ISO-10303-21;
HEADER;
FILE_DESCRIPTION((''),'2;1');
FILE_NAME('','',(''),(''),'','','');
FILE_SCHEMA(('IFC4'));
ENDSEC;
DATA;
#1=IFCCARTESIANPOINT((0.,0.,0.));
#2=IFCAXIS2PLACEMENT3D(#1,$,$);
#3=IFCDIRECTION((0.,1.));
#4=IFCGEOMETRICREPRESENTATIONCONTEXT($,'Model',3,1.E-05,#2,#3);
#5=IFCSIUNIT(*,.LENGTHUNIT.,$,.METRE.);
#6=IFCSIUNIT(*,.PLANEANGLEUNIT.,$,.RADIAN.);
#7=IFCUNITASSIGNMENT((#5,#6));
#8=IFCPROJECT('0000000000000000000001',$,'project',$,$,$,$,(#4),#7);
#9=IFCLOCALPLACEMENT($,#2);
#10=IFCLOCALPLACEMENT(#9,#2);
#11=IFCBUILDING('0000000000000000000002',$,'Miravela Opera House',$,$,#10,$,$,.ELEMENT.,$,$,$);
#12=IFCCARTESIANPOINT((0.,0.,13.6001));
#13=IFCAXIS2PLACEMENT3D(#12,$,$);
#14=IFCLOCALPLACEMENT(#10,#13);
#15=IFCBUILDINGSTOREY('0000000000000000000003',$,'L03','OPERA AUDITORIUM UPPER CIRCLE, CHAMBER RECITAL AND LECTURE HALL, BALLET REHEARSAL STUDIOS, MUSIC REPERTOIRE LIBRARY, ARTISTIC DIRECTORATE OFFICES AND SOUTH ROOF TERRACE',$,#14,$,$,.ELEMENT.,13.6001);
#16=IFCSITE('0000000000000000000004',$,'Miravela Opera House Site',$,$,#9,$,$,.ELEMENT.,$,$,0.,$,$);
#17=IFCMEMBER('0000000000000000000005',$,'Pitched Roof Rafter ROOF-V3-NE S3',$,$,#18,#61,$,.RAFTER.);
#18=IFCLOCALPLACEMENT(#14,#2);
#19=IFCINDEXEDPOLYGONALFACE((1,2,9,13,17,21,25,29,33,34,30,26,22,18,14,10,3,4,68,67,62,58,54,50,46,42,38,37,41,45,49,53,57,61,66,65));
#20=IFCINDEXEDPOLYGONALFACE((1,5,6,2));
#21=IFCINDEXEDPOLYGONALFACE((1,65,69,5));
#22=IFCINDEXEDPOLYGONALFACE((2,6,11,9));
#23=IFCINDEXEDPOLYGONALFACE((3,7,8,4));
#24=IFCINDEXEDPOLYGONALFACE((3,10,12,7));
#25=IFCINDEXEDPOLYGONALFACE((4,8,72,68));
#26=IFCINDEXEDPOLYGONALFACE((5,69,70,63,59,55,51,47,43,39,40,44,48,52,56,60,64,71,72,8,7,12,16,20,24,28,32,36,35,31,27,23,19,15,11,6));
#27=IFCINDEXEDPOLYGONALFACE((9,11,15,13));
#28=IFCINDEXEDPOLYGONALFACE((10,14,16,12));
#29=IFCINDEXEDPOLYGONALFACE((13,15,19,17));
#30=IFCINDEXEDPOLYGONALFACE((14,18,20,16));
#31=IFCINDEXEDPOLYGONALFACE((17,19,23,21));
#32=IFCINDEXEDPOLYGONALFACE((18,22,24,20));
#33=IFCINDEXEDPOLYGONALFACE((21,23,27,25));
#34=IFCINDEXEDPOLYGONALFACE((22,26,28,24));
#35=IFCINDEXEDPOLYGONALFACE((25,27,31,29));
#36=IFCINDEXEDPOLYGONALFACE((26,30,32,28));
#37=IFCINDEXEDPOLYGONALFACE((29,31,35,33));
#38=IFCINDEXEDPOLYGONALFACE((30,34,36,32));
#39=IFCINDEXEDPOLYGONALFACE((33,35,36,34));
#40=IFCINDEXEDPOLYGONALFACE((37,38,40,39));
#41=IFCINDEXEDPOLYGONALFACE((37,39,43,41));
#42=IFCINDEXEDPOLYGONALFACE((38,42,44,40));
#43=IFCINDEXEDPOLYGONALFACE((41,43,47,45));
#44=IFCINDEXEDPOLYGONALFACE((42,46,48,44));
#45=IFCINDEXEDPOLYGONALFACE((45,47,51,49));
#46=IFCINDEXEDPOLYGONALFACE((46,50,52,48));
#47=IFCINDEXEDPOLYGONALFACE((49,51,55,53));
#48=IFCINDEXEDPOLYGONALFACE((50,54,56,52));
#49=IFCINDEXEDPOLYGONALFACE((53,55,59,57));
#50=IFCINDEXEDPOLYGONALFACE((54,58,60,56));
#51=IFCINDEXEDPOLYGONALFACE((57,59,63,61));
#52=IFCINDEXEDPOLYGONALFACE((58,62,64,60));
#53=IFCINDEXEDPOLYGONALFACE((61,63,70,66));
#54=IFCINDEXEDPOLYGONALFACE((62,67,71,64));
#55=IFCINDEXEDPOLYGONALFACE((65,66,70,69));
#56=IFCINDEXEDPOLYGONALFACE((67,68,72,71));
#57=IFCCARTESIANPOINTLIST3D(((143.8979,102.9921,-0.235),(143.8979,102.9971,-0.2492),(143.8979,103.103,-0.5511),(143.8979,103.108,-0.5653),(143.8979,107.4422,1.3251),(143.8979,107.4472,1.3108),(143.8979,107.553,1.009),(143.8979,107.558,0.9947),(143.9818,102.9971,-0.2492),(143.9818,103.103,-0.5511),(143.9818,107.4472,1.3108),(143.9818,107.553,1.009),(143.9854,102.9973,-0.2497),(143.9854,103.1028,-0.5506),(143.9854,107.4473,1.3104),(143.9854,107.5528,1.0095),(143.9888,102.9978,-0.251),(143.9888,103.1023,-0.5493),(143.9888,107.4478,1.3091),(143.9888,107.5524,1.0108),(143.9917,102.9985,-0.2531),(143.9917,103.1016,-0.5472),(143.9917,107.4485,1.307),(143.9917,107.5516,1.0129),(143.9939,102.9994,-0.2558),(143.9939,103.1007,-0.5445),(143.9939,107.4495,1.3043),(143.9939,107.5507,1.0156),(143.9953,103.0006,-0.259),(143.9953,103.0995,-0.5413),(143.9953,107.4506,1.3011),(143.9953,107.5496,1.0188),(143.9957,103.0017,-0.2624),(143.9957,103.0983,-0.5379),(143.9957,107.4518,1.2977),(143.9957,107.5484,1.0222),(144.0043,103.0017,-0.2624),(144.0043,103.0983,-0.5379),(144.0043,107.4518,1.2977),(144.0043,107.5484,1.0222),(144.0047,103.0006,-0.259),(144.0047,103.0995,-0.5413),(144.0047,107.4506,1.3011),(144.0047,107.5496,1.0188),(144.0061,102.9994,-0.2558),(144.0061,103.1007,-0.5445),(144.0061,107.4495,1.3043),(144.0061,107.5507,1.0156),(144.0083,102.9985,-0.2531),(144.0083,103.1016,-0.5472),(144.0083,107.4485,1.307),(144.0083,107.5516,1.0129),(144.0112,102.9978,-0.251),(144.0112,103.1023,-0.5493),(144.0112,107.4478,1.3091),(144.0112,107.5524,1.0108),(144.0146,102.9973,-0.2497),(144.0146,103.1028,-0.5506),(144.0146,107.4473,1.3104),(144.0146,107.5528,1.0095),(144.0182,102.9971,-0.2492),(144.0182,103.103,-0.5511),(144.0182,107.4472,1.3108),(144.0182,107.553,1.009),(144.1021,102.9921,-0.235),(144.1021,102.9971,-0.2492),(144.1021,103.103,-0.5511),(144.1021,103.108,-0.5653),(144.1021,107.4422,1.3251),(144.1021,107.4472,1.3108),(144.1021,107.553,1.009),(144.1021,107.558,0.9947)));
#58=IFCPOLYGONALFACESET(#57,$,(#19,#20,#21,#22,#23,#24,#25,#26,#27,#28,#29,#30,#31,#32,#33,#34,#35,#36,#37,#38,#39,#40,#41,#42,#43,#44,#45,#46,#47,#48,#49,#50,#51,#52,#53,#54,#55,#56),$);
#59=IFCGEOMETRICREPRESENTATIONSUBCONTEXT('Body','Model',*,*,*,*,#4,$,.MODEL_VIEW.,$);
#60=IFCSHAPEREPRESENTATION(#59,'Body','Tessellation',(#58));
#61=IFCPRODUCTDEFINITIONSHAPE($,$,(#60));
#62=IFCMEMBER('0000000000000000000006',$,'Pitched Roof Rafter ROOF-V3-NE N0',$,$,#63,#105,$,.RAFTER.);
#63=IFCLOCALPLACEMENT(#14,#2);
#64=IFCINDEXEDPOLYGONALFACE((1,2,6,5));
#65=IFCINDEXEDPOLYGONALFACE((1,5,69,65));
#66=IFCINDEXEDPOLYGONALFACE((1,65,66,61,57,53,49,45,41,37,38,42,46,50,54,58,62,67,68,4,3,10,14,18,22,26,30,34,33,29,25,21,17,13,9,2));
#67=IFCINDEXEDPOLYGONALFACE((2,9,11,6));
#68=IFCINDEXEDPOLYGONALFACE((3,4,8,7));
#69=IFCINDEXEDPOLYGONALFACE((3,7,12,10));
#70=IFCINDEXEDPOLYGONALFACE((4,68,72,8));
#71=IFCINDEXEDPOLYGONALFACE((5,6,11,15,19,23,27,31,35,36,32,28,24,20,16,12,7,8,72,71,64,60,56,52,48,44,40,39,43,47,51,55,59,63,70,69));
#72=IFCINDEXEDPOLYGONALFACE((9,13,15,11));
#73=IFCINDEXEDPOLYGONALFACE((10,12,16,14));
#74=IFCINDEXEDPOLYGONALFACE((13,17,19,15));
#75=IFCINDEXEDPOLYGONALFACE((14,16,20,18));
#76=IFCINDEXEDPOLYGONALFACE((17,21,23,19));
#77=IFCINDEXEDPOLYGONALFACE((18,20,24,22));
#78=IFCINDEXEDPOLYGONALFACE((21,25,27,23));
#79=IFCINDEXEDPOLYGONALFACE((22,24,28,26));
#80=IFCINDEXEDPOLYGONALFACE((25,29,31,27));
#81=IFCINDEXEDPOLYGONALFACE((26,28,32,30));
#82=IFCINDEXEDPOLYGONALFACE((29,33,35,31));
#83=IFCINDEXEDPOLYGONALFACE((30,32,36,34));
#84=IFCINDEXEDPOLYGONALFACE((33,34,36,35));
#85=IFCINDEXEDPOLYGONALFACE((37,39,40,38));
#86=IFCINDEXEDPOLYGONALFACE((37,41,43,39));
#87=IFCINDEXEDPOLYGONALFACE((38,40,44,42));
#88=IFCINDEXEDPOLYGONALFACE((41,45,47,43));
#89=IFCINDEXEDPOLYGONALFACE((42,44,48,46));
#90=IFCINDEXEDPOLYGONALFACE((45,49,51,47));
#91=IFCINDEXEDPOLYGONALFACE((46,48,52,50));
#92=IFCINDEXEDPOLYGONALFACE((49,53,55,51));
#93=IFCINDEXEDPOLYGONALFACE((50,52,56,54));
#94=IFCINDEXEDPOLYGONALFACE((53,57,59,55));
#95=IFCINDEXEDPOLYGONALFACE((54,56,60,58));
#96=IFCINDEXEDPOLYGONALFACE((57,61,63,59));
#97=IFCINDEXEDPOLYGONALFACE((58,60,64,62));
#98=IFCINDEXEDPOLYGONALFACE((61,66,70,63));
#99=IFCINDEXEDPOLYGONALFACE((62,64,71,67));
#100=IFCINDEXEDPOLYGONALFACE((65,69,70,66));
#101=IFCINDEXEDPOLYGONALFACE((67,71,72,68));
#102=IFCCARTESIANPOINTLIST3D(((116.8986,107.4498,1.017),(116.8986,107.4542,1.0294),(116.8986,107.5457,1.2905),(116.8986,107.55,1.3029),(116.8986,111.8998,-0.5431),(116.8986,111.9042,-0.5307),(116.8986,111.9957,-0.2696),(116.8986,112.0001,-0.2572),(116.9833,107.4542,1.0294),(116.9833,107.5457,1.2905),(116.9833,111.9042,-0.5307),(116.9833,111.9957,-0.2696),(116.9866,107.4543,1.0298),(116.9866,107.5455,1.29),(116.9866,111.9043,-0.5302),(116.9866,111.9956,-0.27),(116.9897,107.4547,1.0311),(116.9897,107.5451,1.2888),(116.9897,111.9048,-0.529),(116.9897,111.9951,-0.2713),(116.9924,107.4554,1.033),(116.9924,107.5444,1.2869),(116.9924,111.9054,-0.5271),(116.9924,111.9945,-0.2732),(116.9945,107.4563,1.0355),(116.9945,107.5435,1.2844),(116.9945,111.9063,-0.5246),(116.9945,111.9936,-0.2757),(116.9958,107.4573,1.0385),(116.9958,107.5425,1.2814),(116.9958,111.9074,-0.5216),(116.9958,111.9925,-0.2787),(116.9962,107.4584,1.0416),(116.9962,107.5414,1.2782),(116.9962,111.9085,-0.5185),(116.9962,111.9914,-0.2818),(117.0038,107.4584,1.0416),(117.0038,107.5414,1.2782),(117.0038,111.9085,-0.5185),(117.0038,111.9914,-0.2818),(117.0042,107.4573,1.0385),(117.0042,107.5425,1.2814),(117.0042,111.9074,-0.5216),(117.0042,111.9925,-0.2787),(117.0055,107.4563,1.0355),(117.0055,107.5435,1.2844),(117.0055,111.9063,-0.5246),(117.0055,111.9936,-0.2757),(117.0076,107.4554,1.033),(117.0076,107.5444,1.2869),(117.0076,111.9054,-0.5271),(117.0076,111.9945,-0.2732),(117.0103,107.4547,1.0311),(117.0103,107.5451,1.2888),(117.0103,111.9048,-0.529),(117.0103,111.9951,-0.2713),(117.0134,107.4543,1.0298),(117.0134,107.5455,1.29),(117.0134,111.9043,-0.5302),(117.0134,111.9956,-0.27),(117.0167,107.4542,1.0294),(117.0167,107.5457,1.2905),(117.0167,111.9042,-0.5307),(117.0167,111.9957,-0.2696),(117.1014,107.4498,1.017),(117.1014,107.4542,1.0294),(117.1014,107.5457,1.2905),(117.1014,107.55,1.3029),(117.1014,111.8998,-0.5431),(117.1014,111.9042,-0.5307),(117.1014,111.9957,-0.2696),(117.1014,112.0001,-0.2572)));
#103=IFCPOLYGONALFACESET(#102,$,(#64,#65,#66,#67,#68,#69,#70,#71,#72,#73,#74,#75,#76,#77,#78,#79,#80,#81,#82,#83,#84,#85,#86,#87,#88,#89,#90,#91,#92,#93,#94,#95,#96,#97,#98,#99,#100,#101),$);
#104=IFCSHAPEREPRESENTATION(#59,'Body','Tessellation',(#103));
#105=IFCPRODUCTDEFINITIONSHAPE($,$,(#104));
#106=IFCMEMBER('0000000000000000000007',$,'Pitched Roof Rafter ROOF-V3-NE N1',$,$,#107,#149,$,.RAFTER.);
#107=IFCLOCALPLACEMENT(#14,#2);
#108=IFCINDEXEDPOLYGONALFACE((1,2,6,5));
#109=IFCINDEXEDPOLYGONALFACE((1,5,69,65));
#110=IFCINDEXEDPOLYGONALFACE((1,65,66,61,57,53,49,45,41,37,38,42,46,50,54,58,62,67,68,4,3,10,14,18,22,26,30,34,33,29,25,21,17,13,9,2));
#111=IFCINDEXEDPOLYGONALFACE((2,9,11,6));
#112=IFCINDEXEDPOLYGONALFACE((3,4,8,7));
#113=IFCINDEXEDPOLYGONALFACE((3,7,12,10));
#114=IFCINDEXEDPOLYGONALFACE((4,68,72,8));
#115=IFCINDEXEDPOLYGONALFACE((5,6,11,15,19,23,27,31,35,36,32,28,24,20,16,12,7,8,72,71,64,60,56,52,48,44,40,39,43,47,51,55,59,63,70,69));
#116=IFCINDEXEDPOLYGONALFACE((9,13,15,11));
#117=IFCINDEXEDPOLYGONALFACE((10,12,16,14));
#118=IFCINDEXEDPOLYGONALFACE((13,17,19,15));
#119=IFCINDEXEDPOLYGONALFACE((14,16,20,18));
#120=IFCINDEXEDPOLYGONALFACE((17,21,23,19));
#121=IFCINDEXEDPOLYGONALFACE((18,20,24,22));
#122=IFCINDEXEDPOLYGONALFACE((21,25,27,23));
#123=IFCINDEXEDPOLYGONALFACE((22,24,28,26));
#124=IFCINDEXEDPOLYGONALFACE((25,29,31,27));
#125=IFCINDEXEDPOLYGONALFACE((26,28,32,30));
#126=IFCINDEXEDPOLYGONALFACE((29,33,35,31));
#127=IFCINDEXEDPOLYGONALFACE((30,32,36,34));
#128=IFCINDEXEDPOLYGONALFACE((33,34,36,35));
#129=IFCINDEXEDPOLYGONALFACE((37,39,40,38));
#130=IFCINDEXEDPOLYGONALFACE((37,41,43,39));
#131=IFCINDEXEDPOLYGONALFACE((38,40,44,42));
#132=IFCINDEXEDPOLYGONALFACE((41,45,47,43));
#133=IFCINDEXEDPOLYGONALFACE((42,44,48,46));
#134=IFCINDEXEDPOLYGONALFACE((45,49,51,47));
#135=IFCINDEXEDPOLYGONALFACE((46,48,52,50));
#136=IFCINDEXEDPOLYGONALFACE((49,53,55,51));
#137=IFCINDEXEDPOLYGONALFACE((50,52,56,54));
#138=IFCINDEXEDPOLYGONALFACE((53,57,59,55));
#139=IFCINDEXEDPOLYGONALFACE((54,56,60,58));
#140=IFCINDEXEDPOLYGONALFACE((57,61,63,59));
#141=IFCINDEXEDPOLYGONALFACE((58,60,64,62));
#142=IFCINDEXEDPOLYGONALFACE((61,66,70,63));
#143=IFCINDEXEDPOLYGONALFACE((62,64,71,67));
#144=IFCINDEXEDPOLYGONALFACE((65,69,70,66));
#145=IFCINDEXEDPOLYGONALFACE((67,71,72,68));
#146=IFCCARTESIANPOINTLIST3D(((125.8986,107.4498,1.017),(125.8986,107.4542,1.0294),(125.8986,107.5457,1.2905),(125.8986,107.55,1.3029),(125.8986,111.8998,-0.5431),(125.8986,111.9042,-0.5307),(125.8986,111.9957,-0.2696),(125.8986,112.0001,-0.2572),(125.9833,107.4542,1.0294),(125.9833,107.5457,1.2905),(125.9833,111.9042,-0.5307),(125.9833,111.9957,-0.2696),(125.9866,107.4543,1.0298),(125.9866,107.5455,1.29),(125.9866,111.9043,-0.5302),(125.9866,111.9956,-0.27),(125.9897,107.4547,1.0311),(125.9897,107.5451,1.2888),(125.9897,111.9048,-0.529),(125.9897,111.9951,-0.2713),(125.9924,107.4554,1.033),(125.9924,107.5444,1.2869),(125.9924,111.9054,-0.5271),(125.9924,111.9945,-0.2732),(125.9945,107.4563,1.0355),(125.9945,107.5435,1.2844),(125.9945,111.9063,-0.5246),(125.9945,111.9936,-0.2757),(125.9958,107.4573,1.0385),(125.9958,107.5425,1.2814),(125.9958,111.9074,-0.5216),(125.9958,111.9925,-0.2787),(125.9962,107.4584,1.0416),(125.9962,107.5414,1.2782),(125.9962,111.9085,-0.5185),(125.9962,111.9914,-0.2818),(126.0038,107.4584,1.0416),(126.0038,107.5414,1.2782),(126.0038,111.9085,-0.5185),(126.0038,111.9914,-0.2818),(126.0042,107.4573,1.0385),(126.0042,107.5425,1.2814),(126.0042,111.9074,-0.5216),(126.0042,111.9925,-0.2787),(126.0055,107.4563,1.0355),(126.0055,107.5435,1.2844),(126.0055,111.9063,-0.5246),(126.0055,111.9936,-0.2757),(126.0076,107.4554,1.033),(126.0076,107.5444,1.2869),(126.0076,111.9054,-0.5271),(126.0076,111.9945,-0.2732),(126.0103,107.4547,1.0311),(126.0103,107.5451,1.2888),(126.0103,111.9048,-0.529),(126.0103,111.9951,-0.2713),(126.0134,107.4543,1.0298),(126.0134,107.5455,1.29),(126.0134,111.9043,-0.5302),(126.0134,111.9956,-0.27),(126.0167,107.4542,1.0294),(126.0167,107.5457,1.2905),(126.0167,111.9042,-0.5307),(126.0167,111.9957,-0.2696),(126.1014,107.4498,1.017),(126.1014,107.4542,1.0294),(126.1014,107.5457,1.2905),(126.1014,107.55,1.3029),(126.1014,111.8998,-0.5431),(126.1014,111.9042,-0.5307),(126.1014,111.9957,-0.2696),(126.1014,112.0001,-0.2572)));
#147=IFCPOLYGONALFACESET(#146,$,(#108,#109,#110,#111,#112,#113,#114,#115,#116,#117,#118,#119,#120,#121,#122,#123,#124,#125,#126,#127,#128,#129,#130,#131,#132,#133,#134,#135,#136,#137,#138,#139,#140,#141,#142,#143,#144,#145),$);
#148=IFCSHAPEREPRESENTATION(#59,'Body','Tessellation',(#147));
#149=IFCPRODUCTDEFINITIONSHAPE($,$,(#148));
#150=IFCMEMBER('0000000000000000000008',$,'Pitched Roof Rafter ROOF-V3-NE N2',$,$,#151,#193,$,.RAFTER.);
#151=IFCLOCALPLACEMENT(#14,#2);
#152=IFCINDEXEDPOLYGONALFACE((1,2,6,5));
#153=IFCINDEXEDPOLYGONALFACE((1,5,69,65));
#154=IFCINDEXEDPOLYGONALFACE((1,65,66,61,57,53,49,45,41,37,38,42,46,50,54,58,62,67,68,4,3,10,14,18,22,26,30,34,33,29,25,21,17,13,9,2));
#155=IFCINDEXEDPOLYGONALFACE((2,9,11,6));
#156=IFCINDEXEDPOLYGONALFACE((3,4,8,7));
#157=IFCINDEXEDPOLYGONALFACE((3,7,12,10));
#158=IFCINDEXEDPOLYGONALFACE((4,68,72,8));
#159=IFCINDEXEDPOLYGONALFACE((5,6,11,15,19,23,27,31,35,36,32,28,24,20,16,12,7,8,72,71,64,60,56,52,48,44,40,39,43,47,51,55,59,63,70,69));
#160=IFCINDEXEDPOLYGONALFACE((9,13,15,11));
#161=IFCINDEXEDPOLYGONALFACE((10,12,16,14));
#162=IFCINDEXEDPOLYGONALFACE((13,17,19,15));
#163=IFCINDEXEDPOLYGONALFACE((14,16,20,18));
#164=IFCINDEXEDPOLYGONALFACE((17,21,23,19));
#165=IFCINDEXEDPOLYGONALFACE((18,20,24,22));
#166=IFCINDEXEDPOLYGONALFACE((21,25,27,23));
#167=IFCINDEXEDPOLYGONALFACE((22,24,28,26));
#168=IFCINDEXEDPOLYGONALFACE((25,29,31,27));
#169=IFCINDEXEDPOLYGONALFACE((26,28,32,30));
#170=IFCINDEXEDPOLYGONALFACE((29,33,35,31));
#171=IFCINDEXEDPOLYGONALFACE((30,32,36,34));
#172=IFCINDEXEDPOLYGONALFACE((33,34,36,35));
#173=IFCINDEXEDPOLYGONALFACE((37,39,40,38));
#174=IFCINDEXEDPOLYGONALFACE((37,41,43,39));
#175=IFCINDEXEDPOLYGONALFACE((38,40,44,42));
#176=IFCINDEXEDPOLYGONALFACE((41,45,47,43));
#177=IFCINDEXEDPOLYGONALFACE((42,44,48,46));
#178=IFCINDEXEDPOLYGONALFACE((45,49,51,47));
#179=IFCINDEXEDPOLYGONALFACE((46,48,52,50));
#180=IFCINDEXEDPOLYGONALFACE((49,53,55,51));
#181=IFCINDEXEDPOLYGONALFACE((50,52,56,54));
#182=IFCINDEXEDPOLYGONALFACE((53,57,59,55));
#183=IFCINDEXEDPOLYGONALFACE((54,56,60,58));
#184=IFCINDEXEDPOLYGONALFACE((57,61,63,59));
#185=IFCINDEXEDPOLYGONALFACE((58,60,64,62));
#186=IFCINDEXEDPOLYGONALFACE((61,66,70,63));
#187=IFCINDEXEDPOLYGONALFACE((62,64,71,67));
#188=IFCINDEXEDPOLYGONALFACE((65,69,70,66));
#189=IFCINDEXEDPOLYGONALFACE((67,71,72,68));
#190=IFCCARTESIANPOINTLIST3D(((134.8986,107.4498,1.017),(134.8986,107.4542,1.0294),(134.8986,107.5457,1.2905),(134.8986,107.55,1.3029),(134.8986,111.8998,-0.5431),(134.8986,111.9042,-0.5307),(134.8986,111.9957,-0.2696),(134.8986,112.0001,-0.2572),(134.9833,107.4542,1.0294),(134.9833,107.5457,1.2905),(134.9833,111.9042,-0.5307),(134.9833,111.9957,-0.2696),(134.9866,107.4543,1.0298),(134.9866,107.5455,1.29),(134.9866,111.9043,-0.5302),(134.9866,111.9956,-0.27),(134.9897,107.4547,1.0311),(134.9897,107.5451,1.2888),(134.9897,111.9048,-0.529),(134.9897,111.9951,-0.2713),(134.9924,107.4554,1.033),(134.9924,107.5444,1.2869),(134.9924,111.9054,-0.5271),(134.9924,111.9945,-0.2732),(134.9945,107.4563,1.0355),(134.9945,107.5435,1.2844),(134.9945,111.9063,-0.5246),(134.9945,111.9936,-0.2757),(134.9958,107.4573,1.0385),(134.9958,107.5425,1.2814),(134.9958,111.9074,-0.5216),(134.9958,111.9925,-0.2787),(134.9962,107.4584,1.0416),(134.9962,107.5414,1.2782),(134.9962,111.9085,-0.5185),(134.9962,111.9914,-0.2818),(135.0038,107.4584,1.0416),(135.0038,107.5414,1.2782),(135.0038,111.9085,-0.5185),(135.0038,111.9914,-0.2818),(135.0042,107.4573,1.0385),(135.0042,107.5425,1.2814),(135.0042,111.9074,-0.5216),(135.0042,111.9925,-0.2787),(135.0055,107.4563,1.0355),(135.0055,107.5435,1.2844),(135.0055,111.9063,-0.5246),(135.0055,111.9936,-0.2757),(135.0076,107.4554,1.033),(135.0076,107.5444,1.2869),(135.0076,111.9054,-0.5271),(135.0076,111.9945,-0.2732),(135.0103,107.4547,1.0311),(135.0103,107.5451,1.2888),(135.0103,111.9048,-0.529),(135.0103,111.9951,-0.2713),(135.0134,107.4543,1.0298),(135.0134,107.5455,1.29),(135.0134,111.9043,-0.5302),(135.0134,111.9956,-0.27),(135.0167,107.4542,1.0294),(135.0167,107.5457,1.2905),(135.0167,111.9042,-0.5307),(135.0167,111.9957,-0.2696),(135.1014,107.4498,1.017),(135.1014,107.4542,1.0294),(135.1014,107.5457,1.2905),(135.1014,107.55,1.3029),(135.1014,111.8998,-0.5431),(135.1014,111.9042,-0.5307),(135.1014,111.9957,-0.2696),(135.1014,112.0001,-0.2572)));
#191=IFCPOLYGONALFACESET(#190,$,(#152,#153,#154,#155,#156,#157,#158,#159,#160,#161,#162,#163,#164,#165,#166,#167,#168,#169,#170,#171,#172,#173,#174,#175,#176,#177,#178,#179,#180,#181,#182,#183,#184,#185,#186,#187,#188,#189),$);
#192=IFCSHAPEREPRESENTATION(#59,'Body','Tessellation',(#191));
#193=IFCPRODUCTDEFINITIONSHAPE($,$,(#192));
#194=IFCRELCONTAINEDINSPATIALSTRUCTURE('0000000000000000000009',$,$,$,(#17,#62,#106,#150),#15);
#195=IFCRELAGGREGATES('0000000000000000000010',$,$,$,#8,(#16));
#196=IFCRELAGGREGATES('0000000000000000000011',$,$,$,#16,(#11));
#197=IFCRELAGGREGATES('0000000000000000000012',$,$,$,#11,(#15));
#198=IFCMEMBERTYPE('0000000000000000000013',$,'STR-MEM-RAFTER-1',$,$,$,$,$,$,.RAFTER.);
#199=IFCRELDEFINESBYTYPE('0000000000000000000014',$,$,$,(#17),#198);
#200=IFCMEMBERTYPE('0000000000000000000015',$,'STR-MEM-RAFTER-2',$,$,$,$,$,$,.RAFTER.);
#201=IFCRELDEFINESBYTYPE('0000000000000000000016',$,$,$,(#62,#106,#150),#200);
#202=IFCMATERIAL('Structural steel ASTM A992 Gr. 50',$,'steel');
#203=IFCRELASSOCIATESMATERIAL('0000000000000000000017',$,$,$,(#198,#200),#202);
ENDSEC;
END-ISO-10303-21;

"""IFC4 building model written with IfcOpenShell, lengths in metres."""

from ifc_helpers import new_model, si_unit, direction, frame, origin, origin_2d, place, context, subcontext, project, spatial, i_section, extrude, material, material_profile, profile_set, type_object, element, save


model = new_model("IFC4")

# Units and contexts
model_context = context("Model", 3, precision=1e-05, world=origin(), true_north=direction((0.0, 1.0)))
body_context = subcontext(model_context, "Body", "Model", "MODEL_VIEW")
ifc_project = project(units=[si_unit("LENGTHUNIT", "METRE"), si_unit("PLANEANGLEUNIT", "RADIAN")], contexts=[model_context])

# Site, building, storey
site_placement = place(None, origin())
site = spatial("IfcSite", under=ifc_project, at=site_placement, Name="Miravela Opera House Site", CompositionType="ELEMENT", RefElevation=0.0)
building_placement = place(site_placement, origin())
building = spatial("IfcBuilding", under=site, at=building_placement, Name="Miravela Opera House", CompositionType="ELEMENT")
storey_placement = place(building_placement, frame((0.0, 0.0, 13.6001)))
storey = spatial("IfcBuildingStorey", under=building, at=storey_placement, Name="L03", Description="OPERA AUDITORIUM UPPER CIRCLE, CHAMBER RECITAL AND LECTURE HALL, BALLET REHEARSAL STUDIOS, MUSIC REPERTOIRE LIBRARY, ARTISTIC DIRECTORATE OFFICES AND SOUTH ROOF TERRACE", CompositionType="ELEMENT", Elevation=13.6001)

# Shared definitions
ifc_material_1 = material(Name="Structural steel ASTM A992 Gr. 50", Category="steel")

# Members
ifc_material_profile_1 = material_profile(ifc_material_1, i_section(OverallWidth=0.2041, OverallDepth=0.3501, WebThickness=0.0085, FlangeThickness=0.0151, FilletRadius=0.0139, at=origin_2d()), Name="W360X72")
ifc_profile_set_1 = profile_set([ifc_material_profile_1])
member_type_1 = type_object("IfcMemberType", Name="STR-MEM-RAFTER-1", PredefinedType="RAFTER", material=ifc_profile_set_1)
for number, where, z_axis, x_axis, name in (
    (1, (144.0, 103.05, -0.4001), (0.0, 0.943688, 0.330837), (-1.0, 0.0, 0.0), "Pitched Roof Rafter ROOF-V3-NE S3"),
):
    element("IfcMember", number, at=place(storey_placement, frame(where, z_axis=z_axis, x_axis=x_axis)), inside=storey, type_object=member_type_1, Name=name, PredefinedType="RAFTER", context=body_context, shape_type="SweptSolid", body=[
        extrude(i_section(OverallWidth=0.2041, OverallDepth=0.3501, WebThickness=0.0085, FlangeThickness=0.0151, FilletRadius=0.0139, at=origin_2d()), origin(), (0.0, 0.0, 1.0), 4.7156),
    ])
ifc_material_profile_2 = material_profile(ifc_material_1, i_section(OverallWidth=0.2029, OverallDepth=0.303, WebThickness=0.0076, FlangeThickness=0.0132, FilletRadius=0.0129, at=origin_2d()), Name="W310X60")
ifc_profile_set_2 = profile_set([ifc_material_profile_2])
member_type_2 = type_object("IfcMemberType", Name="STR-MEM-RAFTER-2", PredefinedType="RAFTER", material=ifc_profile_set_2)
for number, where, z_axis, x_axis, name in (
    (2, (117.0, 111.95, -0.4001), (0.0, -0.943688, 0.330837), (1.0, 0.0, 0.0), "Pitched Roof Rafter ROOF-V3-NE N0"),
    (3, (126.0, 111.95, -0.4001), (0.0, -0.943688, 0.330837), (1.0, 0.0, 0.0), "Pitched Roof Rafter ROOF-V3-NE N1"),
    (4, (135.0, 111.95, -0.4001), (0.0, -0.943688, 0.330837), (1.0, 0.0, 0.0), "Pitched Roof Rafter ROOF-V3-NE N2"),
):
    element("IfcMember", number, at=place(storey_placement, frame(where, z_axis=z_axis, x_axis=x_axis)), inside=storey, type_object=member_type_2, Name=name, PredefinedType="RAFTER", context=body_context, shape_type="SweptSolid", body=[
        extrude(i_section(OverallWidth=0.2029, OverallDepth=0.303, WebThickness=0.0076, FlangeThickness=0.0132, FilletRadius=0.0129, at=origin_2d()), origin(), (0.0, 0.0, 1.0), 4.7156),
    ])

save(model, "model.ifc")
